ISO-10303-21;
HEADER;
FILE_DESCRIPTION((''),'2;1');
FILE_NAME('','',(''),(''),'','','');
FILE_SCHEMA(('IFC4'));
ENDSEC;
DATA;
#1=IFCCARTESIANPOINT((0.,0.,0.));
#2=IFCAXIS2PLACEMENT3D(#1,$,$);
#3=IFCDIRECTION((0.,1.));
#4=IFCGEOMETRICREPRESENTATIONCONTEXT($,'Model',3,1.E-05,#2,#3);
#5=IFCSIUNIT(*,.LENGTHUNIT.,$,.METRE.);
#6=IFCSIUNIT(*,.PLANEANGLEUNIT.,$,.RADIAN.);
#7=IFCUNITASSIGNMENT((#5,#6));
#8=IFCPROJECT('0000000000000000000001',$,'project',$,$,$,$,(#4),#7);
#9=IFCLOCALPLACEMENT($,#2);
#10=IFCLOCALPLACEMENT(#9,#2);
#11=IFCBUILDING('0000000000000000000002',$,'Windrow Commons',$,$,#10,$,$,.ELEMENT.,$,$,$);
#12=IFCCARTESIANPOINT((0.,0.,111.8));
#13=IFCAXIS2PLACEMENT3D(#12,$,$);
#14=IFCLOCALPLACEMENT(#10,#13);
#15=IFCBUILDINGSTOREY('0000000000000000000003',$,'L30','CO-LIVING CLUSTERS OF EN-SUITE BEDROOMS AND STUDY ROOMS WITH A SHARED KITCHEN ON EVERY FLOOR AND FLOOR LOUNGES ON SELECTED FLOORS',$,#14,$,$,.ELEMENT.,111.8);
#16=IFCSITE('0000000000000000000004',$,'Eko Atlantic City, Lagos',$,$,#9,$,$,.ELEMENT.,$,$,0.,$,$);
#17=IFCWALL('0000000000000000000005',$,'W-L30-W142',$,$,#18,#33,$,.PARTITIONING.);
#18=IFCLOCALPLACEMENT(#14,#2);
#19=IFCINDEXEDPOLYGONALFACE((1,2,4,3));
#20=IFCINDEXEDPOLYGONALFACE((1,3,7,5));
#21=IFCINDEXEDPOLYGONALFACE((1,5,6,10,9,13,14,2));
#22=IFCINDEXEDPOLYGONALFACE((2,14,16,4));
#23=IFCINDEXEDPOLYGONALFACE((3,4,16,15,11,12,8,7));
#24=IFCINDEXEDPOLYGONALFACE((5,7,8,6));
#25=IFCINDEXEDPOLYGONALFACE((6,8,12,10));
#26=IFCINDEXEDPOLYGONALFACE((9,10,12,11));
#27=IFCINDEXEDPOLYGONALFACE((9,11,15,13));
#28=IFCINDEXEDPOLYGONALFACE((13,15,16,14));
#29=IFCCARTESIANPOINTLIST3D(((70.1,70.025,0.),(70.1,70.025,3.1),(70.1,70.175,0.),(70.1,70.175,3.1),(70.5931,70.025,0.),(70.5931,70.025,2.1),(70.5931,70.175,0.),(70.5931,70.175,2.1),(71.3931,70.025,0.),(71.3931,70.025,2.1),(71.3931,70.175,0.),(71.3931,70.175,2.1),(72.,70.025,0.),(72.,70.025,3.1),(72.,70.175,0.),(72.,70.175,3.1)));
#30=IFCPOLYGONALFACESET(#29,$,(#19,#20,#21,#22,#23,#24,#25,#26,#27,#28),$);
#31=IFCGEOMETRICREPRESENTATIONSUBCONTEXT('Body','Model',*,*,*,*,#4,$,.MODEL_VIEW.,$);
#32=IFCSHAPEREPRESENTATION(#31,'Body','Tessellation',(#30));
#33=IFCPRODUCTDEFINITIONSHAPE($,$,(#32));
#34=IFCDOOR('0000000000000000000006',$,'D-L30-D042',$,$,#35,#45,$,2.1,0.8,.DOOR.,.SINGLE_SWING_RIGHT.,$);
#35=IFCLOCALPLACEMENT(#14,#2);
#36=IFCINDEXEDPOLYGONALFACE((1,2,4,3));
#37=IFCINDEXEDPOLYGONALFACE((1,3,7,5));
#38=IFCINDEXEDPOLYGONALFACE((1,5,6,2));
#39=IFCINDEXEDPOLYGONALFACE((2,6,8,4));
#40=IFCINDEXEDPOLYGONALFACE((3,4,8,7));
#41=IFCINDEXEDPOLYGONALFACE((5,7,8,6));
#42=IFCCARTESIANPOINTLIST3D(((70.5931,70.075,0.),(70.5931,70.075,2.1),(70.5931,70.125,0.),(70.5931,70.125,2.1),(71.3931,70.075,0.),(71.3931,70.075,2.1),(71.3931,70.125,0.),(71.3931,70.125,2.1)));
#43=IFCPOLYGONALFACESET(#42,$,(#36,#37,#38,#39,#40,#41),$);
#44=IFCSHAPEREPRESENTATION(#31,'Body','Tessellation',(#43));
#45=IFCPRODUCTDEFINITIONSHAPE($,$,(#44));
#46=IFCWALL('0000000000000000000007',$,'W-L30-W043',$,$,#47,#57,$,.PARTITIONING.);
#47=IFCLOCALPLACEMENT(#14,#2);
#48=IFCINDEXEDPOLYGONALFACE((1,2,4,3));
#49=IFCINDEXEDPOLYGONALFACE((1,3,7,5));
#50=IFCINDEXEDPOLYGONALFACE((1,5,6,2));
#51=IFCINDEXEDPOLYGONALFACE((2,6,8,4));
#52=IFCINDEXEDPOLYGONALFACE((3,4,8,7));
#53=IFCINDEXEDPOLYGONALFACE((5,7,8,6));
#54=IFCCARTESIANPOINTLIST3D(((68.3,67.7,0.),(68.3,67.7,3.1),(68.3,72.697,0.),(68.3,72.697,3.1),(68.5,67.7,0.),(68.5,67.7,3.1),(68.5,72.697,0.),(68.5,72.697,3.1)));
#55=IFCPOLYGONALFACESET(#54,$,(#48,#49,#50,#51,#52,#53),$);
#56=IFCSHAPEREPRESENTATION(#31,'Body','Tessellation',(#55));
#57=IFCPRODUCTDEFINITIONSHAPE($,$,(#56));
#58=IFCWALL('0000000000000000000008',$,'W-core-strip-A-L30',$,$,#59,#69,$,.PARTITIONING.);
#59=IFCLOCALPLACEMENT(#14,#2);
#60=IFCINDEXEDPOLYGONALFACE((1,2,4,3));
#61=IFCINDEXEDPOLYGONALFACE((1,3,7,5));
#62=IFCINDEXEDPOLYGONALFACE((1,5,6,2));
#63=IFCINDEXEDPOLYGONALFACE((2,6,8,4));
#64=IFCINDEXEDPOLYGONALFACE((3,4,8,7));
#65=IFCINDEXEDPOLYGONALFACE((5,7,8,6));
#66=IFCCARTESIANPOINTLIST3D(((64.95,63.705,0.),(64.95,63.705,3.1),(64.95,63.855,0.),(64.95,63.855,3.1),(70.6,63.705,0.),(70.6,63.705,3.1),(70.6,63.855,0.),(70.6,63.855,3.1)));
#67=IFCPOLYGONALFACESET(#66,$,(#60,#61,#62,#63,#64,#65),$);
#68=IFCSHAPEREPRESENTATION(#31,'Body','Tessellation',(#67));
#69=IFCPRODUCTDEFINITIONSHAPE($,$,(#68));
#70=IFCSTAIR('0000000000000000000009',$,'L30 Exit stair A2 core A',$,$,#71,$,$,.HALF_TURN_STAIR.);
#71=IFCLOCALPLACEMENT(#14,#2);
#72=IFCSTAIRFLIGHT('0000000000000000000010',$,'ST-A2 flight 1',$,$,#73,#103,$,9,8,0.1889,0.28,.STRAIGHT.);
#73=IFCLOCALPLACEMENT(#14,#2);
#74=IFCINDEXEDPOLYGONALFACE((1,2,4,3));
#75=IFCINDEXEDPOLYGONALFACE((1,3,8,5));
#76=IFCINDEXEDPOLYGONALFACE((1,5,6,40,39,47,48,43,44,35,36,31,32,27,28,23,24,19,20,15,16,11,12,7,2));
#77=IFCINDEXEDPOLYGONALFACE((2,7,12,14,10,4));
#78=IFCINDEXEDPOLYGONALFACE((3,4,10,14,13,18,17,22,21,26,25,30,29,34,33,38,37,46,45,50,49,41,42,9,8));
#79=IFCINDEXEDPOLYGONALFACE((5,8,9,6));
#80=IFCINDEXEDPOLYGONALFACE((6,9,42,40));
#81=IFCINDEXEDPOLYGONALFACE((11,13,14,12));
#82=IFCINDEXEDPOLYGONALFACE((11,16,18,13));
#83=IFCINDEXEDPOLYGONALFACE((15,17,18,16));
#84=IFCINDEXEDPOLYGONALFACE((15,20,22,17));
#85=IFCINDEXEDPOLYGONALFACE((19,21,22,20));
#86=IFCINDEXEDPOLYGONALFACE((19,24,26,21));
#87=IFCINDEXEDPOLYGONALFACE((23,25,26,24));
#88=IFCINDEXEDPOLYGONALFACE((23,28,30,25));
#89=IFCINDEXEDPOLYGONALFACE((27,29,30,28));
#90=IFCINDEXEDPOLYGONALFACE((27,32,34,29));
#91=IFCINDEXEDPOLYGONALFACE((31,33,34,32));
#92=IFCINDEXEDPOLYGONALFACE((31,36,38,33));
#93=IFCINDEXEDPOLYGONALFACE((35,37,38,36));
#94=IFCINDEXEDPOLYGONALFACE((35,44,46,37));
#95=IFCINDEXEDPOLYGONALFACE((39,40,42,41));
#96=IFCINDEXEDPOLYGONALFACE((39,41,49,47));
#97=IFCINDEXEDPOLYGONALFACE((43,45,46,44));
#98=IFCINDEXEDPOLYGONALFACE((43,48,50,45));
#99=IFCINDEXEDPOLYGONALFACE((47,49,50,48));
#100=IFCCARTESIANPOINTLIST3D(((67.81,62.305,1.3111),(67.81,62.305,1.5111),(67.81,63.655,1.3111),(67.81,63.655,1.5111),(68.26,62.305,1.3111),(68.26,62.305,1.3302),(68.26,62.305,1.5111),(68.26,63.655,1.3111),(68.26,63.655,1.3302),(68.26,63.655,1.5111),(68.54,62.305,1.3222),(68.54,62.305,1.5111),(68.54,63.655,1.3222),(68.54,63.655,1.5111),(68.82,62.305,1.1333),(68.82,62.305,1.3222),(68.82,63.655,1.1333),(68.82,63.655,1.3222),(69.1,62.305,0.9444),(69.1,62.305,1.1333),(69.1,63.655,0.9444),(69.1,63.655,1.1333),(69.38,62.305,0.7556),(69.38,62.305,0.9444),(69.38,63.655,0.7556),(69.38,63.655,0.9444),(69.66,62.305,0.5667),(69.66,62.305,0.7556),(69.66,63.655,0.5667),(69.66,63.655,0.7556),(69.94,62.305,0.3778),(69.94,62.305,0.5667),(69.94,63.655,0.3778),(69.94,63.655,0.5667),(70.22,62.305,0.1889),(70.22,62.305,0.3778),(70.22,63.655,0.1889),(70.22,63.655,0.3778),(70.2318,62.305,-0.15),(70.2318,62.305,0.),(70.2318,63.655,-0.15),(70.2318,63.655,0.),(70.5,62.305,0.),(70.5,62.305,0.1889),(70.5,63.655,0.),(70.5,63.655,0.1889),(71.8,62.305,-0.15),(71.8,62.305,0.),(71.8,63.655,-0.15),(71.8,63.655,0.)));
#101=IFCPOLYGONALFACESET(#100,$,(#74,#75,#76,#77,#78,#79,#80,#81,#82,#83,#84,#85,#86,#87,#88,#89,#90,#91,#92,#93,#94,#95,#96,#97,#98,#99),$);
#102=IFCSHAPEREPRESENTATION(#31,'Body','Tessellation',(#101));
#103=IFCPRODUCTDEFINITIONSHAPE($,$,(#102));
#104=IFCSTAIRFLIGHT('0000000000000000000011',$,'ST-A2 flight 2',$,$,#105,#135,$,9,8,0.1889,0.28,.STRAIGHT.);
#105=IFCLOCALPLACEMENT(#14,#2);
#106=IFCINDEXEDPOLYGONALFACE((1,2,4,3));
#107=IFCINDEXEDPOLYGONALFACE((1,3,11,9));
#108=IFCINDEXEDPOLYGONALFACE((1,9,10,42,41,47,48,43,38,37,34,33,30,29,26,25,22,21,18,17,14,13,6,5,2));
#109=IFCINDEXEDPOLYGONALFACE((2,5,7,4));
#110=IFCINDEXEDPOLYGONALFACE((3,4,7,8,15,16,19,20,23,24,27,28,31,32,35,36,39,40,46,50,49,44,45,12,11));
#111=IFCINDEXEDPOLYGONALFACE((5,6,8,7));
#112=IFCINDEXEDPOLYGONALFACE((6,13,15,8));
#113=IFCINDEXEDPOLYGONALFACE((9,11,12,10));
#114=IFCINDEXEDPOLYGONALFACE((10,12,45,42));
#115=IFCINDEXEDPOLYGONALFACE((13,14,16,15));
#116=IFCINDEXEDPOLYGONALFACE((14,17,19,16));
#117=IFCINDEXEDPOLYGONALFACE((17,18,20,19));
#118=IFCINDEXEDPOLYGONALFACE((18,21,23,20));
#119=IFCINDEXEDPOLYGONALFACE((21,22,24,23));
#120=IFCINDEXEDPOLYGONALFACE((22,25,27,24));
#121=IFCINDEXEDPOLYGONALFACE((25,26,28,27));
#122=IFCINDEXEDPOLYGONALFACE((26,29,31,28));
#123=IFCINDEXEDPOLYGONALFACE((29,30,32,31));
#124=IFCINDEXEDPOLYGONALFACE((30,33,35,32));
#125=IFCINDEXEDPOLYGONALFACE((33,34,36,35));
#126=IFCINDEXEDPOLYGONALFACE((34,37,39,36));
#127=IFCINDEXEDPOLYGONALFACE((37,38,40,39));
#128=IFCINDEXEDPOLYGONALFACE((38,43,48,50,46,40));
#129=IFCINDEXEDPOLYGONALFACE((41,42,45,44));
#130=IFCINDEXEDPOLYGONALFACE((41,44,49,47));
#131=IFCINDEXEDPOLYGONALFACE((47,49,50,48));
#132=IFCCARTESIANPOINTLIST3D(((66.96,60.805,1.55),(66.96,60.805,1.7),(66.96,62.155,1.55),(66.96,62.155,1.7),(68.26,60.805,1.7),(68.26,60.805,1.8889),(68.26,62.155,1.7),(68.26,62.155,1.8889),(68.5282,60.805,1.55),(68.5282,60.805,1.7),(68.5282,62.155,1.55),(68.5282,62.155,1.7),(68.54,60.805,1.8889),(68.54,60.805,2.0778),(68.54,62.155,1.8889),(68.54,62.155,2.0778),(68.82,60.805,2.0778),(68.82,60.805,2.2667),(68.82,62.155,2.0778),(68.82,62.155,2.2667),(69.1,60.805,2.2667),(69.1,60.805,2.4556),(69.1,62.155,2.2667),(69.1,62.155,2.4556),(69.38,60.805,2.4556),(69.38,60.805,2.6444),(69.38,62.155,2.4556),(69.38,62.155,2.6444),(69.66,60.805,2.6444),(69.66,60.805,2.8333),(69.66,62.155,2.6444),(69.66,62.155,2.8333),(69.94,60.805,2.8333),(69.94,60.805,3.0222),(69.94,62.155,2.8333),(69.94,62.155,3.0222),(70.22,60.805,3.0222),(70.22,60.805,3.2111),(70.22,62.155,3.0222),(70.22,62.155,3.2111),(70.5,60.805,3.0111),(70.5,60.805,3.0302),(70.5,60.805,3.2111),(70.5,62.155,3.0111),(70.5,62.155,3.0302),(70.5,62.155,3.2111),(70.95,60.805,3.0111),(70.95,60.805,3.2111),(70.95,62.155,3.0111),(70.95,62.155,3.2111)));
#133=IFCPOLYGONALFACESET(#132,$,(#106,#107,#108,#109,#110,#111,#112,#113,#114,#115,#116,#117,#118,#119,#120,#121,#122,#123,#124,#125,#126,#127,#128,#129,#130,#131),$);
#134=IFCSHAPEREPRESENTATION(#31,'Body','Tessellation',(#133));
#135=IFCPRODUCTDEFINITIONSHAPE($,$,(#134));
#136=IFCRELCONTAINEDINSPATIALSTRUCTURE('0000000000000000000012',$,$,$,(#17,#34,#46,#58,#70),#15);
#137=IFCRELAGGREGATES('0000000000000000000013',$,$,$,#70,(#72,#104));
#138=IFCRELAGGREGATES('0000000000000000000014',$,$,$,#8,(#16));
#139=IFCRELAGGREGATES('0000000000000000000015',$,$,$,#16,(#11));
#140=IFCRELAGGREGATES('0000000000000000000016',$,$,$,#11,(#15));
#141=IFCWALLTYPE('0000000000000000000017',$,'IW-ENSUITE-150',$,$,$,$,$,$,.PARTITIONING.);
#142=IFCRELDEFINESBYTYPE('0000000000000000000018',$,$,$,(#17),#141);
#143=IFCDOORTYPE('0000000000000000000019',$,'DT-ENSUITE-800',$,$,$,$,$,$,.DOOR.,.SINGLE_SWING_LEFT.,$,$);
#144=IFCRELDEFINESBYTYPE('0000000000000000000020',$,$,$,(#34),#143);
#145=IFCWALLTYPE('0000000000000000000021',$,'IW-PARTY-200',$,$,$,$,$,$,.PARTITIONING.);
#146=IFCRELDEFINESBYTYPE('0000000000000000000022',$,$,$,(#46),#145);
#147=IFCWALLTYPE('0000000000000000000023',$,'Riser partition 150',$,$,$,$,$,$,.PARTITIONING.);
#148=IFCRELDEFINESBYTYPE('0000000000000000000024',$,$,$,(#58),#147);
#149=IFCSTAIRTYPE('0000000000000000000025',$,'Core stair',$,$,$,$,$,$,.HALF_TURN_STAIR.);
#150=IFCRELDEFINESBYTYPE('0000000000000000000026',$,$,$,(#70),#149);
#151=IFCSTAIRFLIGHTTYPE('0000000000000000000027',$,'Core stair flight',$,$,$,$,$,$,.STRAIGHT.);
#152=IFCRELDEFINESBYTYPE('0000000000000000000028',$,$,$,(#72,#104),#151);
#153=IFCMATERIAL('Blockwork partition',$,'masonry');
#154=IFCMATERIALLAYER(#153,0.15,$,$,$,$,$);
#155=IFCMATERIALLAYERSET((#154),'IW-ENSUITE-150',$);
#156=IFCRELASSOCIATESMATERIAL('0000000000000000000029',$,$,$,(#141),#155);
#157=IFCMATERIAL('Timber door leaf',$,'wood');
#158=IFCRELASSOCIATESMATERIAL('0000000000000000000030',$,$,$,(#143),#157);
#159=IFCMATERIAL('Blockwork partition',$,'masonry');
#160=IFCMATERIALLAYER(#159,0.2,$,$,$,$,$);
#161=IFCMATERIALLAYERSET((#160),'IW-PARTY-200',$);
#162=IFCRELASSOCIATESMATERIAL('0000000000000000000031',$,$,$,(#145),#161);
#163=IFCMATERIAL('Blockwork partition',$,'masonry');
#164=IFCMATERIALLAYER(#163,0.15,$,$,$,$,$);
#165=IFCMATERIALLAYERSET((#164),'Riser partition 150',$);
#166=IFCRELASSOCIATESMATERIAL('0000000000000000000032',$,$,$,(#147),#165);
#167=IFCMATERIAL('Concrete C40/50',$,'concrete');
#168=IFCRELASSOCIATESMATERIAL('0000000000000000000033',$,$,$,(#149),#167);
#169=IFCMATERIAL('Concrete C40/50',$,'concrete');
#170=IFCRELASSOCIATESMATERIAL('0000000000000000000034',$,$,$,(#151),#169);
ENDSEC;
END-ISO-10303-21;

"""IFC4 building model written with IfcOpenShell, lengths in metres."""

from ifc_helpers import new_model, si_unit, direction, frame, frame_2d, origin, place, context, subcontext, project, spatial, polyline, rectangle, outline, extrude, material, layer, layer_set, type_object, element, fill, aggregate, save


model = new_model("IFC4")

# Units and contexts
model_context = context("Model", 3, precision=1e-05, world=origin(), true_north=direction((0.0, 1.0)))
body_context = subcontext(model_context, "Body", "Model", "MODEL_VIEW")
ifc_project = project(units=[si_unit("LENGTHUNIT", "METRE"), si_unit("PLANEANGLEUNIT", "RADIAN")], contexts=[model_context])

# Site, building, storey
site_placement = place(None, origin())
site = spatial("IfcSite", under=ifc_project, at=site_placement, Name="Eko Atlantic City, Lagos", CompositionType="ELEMENT", RefElevation=0.0)
building_placement = place(site_placement, origin())
building = spatial("IfcBuilding", under=site, at=building_placement, Name="Windrow Commons", CompositionType="ELEMENT")
storey_placement = place(building_placement, frame((0.0, 0.0, 111.8)))
storey = spatial("IfcBuildingStorey", under=building, at=storey_placement, Name="L30", Description="CO-LIVING CLUSTERS OF EN-SUITE BEDROOMS AND STUDY ROOMS WITH A SHARED KITCHEN ON EVERY FLOOR AND FLOOR LOUNGES ON SELECTED FLOORS", CompositionType="ELEMENT", Elevation=111.8)

# Shared definitions
ifc_material_1 = material(Name="Blockwork partition", Category="masonry")
ifc_layer_1 = layer(ifc_material_1, 0.15)
ifc_layer_set_1 = layer_set([ifc_layer_1], Name="IW-ENSUITE-150")
wall_type_1 = type_object("IfcWallType", Name="IW-ENSUITE-150", PredefinedType="PARTITIONING", material=ifc_layer_set_1)

# Wall, opening, door
wall_1_placement = place(storey_placement, frame((70.1, 70.1, 0.0), z_axis=(0.0, 0.0, 1.0), x_axis=(1.0, 0.0, 0.0)))
wall_1 = element("IfcWall", 1, at=wall_1_placement, inside=storey, type_object=wall_type_1, Name="W-L30-W142", PredefinedType="PARTITIONING", context=body_context, shape_type="SweptSolid", body=[
    extrude(rectangle(XDim=1.9, YDim=0.15, at=frame_2d((0.95, 0.0))), origin(), (0.0, 0.0, 1.0), 3.1),
])
opening_1_placement = place(wall_1_placement, frame((0.4931, 0.0, 0.0)))
opening_1 = element("IfcOpeningElement", 2, at=opening_1_placement, cuts=wall_1, PredefinedType="OPENING", context=body_context, shape_type="SweptSolid", body=[
    extrude(rectangle(XDim=0.8, YDim=2.1, at=frame_2d((0.4, 1.05))), frame((0.0, 0.085, 0.0), z_axis=(0.0, -1.0, 0.0), x_axis=(1.0, 0.0, 0.0)), (0.0, 0.0, 1.0), 0.17),
])
ifc_material_2 = material(Name="Timber door leaf", Category="wood")
door_type = type_object("IfcDoorType", Name="DT-ENSUITE-800", OperationType="SINGLE_SWING_LEFT", PredefinedType="DOOR", material=ifc_material_2)
door_placement = place(opening_1_placement, origin())
door = element("IfcDoor", 3, at=door_placement, inside=storey, type_object=door_type, Name="D-L30-D042", OperationType="SINGLE_SWING_RIGHT", OverallHeight=2.1, OverallWidth=0.8, PredefinedType="DOOR", context=body_context, shape_type="SweptSolid", body=[
    extrude(rectangle(XDim=0.8, YDim=2.1, at=frame_2d((0.4, 1.05))), frame((0.0, 0.025, 0.0), z_axis=(0.0, -1.0, 0.0), x_axis=(1.0, 0.0, 0.0)), (0.0, 0.0, 1.0), 0.05),
])
fill(opening_1, door)

# Walls
ifc_material_3 = material(Name="Blockwork partition", Category="masonry")
ifc_layer_2 = layer(ifc_material_3, 0.2)
ifc_layer_set_2 = layer_set([ifc_layer_2], Name="IW-PARTY-200")
wall_type_2 = type_object("IfcWallType", Name="IW-PARTY-200", PredefinedType="PARTITIONING", material=ifc_layer_set_2)
wall_2_placement = place(storey_placement, frame((68.4, 67.7, 0.0), z_axis=(0.0, 0.0, 1.0), x_axis=(0.0, 1.0, 0.0)))
element("IfcWall", 4, at=wall_2_placement, inside=storey, type_object=wall_type_2, Name="W-L30-W043", PredefinedType="PARTITIONING", context=body_context, shape_type="SweptSolid", body=[
    extrude(rectangle(XDim=4.9969, YDim=0.2, at=frame_2d((2.4985, 0.0))), origin(), (0.0, 0.0, 1.0), 3.1),
])
ifc_material_4 = material(Name="Blockwork partition", Category="masonry")
ifc_layer_3 = layer(ifc_material_4, 0.15)
ifc_layer_set_3 = layer_set([ifc_layer_3], Name="Riser partition 150")
wall_type_3 = type_object("IfcWallType", Name="Riser partition 150", PredefinedType="PARTITIONING", material=ifc_layer_set_3)
wall_3_placement = place(storey_placement, frame((64.95, 63.78, 0.0), z_axis=(0.0, 0.0, 1.0), x_axis=(1.0, 0.0, 0.0)))
element("IfcWall", 5, at=wall_3_placement, inside=storey, type_object=wall_type_3, Name="W-core-strip-A-L30", PredefinedType="PARTITIONING", context=body_context, shape_type="SweptSolid", body=[
    extrude(rectangle(XDim=5.65, YDim=0.15, at=frame_2d((2.825, 0.0))), origin(), (0.0, 0.0, 1.0), 3.1),
])

# Stair, stair flights
ifc_material_5 = material(Name="Concrete C40/50", Category="concrete")
stair_type = type_object("IfcStairType", Name="Core stair", PredefinedType="HALF_TURN_STAIR", material=ifc_material_5)
stair_placement = place(storey_placement, origin())
stair = element("IfcStair", 6, at=stair_placement, inside=storey, type_object=stair_type, Name="L30 Exit stair A2 core A", PredefinedType="HALF_TURN_STAIR")
ifc_material_6 = material(Name="Concrete C40/50", Category="concrete")
stair_flight_type = type_object("IfcStairFlightType", Name="Core stair flight", PredefinedType="STRAIGHT", material=ifc_material_6)
stair_flight_1_placement = place(storey_placement, frame((70.5, 62.98, 0.0), z_axis=(0.0, 0.0, 1.0), x_axis=(-1.0, 0.0, 0.0)))
stair_flight_1 = element("IfcStairFlight", 7, at=stair_flight_1_placement, type_object=stair_flight_type, Name="ST-A2 flight 1", NumberOfRisers=9, NumberOfTreads=8, PredefinedType="STRAIGHT", RiserHeight=0.1889, TreadLength=0.28, context=body_context, shape_type="SweptSolid", body=[
    extrude(outline(polyline([(-1.3, -0.15), (-1.3, 0.0), (0.0, 0.0), (0.0, 0.1889), (0.28, 0.1889), (0.28, 0.3778), (0.56, 0.3778), (0.56, 0.5667), (0.84, 0.5667), (0.84, 0.7556), (1.12, 0.7556), (1.12, 0.9444), (1.4, 0.9444), (1.4, 1.1333), (1.68, 1.1333), (1.68, 1.3222), (1.96, 1.3222), (1.96, 1.5111), (2.24, 1.5111), (2.69, 1.5111), (2.69, 1.3111), (2.24, 1.3111), (2.24, 1.3302), (0.2682, 0.0), (0.2682, -0.15), (-1.3, -0.15)])), frame((0.0, 0.675, 0.0), z_axis=(0.0, -1.0, 0.0), x_axis=(1.0, 0.0, 0.0)), (0.0, 0.0, 1.0), 1.35),
])
stair_flight_2_placement = place(storey_placement, frame((68.26, 61.48, 1.7), z_axis=(0.0, 0.0, 1.0), x_axis=(1.0, 0.0, 0.0)))
stair_flight_2 = element("IfcStairFlight", 8, at=stair_flight_2_placement, type_object=stair_flight_type, Name="ST-A2 flight 2", NumberOfRisers=9, NumberOfTreads=8, PredefinedType="STRAIGHT", RiserHeight=0.1889, TreadLength=0.28, context=body_context, shape_type="SweptSolid", body=[
    extrude(outline(polyline([(-1.3, -0.15), (-1.3, 0.0), (0.0, 0.0), (0.0, 0.1889), (0.28, 0.1889), (0.28, 0.3778), (0.56, 0.3778), (0.56, 0.5667), (0.84, 0.5667), (0.84, 0.7556), (1.12, 0.7556), (1.12, 0.9444), (1.4, 0.9444), (1.4, 1.1333), (1.68, 1.1333), (1.68, 1.3222), (1.96, 1.3222), (1.96, 1.5111), (2.24, 1.5111), (2.69, 1.5111), (2.69, 1.3111), (2.24, 1.3111), (2.24, 1.3302), (0.2682, 0.0), (0.2682, -0.15), (-1.3, -0.15)])), frame((0.0, 0.675, 0.0), z_axis=(0.0, -1.0, 0.0), x_axis=(1.0, 0.0, 0.0)), (0.0, 0.0, 1.0), 1.35),
])
aggregate(stair, [stair_flight_1, stair_flight_2])

save(model, "model.ifc")
